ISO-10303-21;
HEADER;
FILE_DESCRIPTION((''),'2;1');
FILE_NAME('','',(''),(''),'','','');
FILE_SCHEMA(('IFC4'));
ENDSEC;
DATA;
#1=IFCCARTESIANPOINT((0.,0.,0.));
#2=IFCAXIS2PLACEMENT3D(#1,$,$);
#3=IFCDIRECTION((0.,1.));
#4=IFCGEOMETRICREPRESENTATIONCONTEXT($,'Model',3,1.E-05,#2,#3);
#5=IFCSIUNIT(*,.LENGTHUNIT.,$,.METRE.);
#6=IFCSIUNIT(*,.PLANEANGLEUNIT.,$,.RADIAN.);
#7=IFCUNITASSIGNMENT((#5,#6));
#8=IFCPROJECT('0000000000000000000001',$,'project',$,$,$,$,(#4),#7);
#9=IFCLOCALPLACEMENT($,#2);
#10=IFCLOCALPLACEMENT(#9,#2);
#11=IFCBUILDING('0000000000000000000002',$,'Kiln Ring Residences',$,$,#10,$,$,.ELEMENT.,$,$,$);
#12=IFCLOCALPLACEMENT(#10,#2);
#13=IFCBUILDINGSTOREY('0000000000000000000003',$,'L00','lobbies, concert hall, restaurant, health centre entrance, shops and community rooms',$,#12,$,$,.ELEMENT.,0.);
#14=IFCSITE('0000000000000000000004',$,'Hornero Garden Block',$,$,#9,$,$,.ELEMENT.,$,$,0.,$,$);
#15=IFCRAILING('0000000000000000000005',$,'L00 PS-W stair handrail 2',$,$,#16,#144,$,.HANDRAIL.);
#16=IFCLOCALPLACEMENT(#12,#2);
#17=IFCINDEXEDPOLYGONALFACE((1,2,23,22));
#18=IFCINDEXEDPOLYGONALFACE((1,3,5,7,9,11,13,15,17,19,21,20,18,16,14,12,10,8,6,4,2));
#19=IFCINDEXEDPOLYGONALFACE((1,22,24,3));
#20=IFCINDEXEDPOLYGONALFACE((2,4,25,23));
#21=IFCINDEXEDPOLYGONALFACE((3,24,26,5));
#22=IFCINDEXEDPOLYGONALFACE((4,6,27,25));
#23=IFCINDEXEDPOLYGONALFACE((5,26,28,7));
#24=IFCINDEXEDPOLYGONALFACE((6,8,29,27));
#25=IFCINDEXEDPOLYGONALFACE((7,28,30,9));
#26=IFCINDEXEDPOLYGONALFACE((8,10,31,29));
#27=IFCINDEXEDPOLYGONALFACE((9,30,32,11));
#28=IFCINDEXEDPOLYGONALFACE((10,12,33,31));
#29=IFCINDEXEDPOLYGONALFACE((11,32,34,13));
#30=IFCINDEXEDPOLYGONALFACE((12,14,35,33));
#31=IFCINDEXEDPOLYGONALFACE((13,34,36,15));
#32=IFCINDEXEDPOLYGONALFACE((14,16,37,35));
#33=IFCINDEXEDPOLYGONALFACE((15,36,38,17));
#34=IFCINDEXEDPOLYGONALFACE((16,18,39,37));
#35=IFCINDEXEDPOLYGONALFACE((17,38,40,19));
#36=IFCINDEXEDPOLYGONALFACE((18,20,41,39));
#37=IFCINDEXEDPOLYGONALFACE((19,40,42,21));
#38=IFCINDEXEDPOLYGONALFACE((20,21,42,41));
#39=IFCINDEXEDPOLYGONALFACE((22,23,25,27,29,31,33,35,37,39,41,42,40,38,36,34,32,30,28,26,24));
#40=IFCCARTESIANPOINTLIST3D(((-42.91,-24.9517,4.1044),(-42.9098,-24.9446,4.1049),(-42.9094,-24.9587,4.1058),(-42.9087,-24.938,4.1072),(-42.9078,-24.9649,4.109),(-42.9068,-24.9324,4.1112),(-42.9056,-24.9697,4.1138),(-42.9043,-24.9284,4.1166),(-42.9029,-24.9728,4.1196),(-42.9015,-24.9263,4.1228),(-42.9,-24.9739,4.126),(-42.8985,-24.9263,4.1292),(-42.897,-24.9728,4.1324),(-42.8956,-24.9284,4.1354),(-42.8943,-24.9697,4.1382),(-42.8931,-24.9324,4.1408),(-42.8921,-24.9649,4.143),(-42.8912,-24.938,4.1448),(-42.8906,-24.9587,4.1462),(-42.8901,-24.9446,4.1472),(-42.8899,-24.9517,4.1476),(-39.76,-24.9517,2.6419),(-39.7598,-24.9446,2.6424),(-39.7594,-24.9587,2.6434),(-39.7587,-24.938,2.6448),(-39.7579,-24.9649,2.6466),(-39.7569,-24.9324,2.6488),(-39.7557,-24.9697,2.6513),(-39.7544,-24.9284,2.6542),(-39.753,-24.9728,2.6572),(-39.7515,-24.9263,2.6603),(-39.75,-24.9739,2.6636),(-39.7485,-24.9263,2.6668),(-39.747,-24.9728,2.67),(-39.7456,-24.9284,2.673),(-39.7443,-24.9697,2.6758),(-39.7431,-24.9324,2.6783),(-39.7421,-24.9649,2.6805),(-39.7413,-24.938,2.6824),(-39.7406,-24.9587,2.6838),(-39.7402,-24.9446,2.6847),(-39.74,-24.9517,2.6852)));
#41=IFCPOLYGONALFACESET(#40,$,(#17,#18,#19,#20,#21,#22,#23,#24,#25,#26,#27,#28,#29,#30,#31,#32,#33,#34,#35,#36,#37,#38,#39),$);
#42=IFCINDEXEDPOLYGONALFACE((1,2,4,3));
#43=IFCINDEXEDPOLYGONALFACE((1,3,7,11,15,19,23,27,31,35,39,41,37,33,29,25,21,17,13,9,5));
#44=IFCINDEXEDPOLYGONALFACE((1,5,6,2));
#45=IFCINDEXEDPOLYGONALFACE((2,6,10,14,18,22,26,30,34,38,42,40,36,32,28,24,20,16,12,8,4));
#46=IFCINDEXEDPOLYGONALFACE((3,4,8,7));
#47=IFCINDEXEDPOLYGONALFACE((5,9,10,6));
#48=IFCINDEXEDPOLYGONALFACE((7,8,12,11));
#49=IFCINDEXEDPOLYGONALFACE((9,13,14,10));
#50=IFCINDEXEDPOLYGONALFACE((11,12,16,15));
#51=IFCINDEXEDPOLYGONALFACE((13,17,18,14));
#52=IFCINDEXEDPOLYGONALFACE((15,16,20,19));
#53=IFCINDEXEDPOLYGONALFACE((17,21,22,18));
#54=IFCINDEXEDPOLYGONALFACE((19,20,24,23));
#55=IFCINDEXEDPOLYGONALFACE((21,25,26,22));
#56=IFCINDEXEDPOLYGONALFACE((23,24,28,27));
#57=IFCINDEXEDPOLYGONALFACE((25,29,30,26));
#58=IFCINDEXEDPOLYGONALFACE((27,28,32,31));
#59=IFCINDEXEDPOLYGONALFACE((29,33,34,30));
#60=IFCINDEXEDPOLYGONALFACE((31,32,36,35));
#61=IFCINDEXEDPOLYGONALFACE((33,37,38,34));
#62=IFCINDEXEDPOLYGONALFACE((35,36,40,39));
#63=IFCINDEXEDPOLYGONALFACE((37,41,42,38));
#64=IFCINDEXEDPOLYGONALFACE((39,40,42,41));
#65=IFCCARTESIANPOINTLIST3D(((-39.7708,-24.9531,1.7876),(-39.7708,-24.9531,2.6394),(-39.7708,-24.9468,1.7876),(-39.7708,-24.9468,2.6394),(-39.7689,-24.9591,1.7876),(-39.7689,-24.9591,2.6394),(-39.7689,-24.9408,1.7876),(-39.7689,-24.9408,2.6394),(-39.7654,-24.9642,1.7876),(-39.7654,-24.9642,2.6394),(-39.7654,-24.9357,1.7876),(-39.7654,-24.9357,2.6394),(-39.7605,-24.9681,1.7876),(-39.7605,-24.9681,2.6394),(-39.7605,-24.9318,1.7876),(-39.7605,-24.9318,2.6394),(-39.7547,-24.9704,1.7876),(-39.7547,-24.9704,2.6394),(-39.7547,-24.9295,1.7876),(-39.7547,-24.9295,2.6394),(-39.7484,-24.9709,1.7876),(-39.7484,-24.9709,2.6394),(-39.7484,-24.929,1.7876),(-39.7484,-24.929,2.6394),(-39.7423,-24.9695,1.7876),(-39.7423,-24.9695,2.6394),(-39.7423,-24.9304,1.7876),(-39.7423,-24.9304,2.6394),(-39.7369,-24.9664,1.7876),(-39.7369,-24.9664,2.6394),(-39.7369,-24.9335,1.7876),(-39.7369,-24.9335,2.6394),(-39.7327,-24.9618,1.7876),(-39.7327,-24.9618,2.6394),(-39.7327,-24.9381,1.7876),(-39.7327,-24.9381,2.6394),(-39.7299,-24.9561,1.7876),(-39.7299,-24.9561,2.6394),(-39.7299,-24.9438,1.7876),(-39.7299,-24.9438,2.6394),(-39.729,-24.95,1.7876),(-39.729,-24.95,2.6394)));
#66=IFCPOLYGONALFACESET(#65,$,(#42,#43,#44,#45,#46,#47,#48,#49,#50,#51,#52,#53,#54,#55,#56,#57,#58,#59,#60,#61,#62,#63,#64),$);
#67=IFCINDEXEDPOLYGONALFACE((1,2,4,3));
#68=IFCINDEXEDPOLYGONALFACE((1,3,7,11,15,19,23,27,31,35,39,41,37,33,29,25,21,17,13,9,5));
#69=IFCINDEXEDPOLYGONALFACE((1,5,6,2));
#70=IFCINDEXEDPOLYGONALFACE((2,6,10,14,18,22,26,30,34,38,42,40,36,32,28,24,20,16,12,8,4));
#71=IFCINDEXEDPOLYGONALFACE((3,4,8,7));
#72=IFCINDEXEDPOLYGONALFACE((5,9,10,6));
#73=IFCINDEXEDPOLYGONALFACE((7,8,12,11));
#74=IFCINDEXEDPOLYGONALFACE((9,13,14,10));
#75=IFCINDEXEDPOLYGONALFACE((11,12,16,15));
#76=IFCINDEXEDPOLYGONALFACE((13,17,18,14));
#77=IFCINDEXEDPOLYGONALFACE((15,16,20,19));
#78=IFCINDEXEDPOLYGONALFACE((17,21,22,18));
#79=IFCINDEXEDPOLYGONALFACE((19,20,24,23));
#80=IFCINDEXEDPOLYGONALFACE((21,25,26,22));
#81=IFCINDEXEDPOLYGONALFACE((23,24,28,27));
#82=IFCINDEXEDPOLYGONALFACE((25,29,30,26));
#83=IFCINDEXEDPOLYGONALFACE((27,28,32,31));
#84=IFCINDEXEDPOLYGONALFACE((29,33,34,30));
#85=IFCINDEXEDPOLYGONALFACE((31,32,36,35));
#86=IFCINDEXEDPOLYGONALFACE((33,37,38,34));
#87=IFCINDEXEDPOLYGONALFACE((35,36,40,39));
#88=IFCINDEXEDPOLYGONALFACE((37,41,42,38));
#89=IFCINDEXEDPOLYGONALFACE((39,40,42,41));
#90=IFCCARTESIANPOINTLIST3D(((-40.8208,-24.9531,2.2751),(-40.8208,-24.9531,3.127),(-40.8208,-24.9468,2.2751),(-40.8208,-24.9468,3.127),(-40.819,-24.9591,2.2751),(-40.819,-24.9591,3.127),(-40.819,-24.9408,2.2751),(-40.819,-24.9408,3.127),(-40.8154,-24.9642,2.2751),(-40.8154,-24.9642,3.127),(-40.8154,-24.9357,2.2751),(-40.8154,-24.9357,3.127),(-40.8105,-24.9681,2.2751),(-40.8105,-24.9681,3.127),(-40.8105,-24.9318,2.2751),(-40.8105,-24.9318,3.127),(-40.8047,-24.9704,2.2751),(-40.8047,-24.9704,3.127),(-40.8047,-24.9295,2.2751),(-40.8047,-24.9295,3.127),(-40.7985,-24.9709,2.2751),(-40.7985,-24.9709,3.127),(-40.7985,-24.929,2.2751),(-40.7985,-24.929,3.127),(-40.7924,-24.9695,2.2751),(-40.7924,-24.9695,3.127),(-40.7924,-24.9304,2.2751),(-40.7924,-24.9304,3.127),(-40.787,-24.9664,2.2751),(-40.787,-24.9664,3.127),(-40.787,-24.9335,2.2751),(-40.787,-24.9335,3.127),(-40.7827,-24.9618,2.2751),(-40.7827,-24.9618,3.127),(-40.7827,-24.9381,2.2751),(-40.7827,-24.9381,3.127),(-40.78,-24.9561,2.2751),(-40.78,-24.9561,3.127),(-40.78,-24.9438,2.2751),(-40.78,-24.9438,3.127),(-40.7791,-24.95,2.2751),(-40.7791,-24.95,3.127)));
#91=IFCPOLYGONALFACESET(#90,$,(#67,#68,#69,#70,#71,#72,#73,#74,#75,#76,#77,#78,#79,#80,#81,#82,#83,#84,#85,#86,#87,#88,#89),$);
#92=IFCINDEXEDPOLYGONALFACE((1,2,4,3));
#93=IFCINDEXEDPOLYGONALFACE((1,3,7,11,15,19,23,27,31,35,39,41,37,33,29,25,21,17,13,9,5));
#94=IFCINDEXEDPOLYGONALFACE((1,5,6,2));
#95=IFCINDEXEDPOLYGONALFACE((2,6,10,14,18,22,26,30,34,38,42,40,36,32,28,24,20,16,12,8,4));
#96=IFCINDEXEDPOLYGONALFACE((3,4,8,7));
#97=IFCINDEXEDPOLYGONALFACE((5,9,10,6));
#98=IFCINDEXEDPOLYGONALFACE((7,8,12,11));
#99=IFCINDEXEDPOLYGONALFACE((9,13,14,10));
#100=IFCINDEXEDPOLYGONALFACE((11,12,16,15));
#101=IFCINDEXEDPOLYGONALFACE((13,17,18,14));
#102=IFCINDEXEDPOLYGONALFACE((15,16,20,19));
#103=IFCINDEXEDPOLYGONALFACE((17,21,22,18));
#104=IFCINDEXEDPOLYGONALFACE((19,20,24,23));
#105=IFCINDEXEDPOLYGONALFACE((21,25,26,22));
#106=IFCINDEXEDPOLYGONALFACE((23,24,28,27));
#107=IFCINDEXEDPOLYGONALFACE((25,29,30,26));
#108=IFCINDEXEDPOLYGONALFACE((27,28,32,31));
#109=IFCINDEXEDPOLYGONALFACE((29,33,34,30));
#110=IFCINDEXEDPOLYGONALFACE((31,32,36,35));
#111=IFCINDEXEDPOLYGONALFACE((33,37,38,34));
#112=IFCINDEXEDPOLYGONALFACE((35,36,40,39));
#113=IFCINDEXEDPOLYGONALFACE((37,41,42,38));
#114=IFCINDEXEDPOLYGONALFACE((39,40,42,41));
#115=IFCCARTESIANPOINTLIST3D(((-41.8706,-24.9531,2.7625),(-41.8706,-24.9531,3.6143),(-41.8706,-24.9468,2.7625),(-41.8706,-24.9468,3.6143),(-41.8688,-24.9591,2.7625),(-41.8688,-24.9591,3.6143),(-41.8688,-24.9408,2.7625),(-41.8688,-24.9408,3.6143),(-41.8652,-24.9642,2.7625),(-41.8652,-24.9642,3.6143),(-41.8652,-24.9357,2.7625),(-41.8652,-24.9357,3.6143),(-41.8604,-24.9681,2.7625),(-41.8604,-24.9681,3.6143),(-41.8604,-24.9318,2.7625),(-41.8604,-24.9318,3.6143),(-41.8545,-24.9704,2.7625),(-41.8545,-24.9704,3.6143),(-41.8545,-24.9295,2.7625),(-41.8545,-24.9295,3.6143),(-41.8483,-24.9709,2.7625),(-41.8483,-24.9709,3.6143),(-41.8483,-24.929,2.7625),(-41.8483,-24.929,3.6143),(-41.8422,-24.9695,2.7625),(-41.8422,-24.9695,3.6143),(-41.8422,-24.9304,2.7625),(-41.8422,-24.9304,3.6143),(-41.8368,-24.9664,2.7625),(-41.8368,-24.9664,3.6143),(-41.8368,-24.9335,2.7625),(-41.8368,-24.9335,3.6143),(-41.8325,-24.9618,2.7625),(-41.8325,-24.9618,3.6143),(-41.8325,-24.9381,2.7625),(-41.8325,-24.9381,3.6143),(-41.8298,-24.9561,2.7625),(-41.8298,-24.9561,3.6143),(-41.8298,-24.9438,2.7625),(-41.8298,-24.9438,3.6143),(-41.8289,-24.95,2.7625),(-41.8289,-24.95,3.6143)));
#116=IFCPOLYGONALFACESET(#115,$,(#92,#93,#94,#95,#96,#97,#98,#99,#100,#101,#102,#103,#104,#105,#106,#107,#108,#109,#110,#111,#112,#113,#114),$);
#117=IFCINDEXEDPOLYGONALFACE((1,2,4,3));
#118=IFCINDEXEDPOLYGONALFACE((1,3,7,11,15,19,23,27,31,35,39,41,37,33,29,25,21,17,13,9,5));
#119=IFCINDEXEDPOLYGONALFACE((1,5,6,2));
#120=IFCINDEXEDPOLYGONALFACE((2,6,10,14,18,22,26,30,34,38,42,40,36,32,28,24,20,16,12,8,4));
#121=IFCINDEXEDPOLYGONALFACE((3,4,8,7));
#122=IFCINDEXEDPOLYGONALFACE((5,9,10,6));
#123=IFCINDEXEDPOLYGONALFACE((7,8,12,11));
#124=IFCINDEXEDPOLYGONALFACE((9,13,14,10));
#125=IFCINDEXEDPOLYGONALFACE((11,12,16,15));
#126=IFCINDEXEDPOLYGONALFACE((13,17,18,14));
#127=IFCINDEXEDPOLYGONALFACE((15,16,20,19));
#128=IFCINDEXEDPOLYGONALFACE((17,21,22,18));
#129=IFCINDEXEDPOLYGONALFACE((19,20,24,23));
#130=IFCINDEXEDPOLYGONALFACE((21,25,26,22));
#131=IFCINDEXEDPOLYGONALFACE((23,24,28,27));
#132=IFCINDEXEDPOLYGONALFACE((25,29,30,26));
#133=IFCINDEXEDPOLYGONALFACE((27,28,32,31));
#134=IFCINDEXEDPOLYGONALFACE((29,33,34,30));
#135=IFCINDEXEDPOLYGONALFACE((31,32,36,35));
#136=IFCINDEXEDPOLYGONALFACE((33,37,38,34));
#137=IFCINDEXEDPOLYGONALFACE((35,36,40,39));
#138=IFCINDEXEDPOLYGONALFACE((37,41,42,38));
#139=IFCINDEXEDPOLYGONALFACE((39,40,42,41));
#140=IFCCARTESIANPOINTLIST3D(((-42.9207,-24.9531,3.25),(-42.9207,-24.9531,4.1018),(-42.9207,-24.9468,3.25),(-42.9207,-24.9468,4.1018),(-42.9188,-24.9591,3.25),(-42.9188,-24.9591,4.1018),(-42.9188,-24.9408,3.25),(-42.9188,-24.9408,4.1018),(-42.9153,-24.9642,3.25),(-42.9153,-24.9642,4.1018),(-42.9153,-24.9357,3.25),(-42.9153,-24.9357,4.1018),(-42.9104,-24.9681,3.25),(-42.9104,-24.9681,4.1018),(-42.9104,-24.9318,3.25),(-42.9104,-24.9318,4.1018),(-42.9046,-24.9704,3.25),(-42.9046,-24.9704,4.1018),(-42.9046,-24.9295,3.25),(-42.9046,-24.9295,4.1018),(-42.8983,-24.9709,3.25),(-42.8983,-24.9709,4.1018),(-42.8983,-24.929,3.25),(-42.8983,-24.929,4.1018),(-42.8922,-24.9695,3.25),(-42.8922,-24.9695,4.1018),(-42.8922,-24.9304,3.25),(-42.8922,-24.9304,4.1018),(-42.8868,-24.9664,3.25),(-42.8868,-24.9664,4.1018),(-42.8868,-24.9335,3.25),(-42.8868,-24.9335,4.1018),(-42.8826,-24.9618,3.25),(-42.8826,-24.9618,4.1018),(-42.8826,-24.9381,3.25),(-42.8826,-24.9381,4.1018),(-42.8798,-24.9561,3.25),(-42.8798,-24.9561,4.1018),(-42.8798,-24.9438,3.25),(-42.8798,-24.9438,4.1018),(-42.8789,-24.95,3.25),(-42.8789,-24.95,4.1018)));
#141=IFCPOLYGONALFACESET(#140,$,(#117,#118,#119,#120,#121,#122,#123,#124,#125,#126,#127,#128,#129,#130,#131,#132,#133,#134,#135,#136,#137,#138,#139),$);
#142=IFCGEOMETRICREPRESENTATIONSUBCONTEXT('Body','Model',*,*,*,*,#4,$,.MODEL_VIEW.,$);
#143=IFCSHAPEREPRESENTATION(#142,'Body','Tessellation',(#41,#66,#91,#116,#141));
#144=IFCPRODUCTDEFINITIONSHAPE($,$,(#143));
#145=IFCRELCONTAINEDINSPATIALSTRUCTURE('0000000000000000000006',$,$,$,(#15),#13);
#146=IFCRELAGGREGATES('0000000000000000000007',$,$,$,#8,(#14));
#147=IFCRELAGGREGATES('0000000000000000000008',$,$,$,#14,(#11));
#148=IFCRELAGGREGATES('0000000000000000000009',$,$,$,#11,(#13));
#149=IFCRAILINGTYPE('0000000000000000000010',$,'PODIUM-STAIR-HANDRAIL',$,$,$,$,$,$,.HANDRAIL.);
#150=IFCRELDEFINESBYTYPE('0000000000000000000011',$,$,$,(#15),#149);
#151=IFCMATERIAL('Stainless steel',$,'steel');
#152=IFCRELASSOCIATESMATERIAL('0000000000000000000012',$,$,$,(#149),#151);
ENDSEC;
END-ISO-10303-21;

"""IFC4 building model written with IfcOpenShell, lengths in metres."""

from ifc_helpers import new_model, si_unit, direction, frame, origin, origin_2d, place, context, subcontext, project, spatial, circle, extrude, material, type_object, element, save


model = new_model("IFC4")

# Units and contexts
model_context = context("Model", 3, precision=1e-05, world=origin(), true_north=direction((0.0, 1.0)))
body_context = subcontext(model_context, "Body", "Model", "MODEL_VIEW")
ifc_project = project(units=[si_unit("LENGTHUNIT", "METRE"), si_unit("PLANEANGLEUNIT", "RADIAN")], contexts=[model_context])

# Site, building, storey
site_placement = place(None, origin())
site = spatial("IfcSite", under=ifc_project, at=site_placement, Name="Hornero Garden Block", CompositionType="ELEMENT", RefElevation=0.0)
building_placement = place(site_placement, origin())
building = spatial("IfcBuilding", under=site, at=building_placement, Name="Kiln Ring Residences", CompositionType="ELEMENT")
storey_placement = place(building_placement, origin())
storey = spatial("IfcBuildingStorey", under=building, at=storey_placement, Name="L00", Description="lobbies, concert hall, restaurant, health centre entrance, shops and community rooms", CompositionType="ELEMENT", Elevation=0.0)

# Railing
ifc_material_1 = material(Name="Stainless steel", Category="steel")
railing_type_1 = type_object("IfcRailingType", Name="PODIUM-STAIR-HANDRAIL", PredefinedType="HANDRAIL", material=ifc_material_1)
for number, where, name in (
    (1, (-39.75, -24.95, 1.7876), "L00 PS-W stair handrail 2"),
):
    element("IfcRailing", number, at=place(storey_placement, frame(where)), inside=storey, type_object=railing_type_1, Name=name, PredefinedType="HANDRAIL", context=body_context, shape_type="SweptSolid", body=[
        extrude(circle(Radius=0.0239, at=origin_2d()), frame((0.0, 0.0, 0.876), z_axis=(-0.907015, 0.0, 0.421099), x_axis=(0.0, -1.0, 0.0)), (0.0, 0.0, 1.0), 3.4729),
        extrude(circle(Radius=0.021, at=origin_2d()), origin(), (0.0, 0.0, 1.0), 0.8518),
        extrude(circle(Radius=0.021, at=origin_2d()), frame((-1.05, 0.0, 0.4875)), (0.0, 0.0, 1.0), 0.8518),
        extrude(circle(Radius=0.021, at=origin_2d()), frame((-2.0999, 0.0, 0.9749)), (0.0, 0.0, 1.0), 0.8518),
        extrude(circle(Radius=0.021, at=origin_2d()), frame((-3.1499, 0.0, 1.4624)), (0.0, 0.0, 1.0), 0.8518),
    ])

save(model, "model.ifc")
